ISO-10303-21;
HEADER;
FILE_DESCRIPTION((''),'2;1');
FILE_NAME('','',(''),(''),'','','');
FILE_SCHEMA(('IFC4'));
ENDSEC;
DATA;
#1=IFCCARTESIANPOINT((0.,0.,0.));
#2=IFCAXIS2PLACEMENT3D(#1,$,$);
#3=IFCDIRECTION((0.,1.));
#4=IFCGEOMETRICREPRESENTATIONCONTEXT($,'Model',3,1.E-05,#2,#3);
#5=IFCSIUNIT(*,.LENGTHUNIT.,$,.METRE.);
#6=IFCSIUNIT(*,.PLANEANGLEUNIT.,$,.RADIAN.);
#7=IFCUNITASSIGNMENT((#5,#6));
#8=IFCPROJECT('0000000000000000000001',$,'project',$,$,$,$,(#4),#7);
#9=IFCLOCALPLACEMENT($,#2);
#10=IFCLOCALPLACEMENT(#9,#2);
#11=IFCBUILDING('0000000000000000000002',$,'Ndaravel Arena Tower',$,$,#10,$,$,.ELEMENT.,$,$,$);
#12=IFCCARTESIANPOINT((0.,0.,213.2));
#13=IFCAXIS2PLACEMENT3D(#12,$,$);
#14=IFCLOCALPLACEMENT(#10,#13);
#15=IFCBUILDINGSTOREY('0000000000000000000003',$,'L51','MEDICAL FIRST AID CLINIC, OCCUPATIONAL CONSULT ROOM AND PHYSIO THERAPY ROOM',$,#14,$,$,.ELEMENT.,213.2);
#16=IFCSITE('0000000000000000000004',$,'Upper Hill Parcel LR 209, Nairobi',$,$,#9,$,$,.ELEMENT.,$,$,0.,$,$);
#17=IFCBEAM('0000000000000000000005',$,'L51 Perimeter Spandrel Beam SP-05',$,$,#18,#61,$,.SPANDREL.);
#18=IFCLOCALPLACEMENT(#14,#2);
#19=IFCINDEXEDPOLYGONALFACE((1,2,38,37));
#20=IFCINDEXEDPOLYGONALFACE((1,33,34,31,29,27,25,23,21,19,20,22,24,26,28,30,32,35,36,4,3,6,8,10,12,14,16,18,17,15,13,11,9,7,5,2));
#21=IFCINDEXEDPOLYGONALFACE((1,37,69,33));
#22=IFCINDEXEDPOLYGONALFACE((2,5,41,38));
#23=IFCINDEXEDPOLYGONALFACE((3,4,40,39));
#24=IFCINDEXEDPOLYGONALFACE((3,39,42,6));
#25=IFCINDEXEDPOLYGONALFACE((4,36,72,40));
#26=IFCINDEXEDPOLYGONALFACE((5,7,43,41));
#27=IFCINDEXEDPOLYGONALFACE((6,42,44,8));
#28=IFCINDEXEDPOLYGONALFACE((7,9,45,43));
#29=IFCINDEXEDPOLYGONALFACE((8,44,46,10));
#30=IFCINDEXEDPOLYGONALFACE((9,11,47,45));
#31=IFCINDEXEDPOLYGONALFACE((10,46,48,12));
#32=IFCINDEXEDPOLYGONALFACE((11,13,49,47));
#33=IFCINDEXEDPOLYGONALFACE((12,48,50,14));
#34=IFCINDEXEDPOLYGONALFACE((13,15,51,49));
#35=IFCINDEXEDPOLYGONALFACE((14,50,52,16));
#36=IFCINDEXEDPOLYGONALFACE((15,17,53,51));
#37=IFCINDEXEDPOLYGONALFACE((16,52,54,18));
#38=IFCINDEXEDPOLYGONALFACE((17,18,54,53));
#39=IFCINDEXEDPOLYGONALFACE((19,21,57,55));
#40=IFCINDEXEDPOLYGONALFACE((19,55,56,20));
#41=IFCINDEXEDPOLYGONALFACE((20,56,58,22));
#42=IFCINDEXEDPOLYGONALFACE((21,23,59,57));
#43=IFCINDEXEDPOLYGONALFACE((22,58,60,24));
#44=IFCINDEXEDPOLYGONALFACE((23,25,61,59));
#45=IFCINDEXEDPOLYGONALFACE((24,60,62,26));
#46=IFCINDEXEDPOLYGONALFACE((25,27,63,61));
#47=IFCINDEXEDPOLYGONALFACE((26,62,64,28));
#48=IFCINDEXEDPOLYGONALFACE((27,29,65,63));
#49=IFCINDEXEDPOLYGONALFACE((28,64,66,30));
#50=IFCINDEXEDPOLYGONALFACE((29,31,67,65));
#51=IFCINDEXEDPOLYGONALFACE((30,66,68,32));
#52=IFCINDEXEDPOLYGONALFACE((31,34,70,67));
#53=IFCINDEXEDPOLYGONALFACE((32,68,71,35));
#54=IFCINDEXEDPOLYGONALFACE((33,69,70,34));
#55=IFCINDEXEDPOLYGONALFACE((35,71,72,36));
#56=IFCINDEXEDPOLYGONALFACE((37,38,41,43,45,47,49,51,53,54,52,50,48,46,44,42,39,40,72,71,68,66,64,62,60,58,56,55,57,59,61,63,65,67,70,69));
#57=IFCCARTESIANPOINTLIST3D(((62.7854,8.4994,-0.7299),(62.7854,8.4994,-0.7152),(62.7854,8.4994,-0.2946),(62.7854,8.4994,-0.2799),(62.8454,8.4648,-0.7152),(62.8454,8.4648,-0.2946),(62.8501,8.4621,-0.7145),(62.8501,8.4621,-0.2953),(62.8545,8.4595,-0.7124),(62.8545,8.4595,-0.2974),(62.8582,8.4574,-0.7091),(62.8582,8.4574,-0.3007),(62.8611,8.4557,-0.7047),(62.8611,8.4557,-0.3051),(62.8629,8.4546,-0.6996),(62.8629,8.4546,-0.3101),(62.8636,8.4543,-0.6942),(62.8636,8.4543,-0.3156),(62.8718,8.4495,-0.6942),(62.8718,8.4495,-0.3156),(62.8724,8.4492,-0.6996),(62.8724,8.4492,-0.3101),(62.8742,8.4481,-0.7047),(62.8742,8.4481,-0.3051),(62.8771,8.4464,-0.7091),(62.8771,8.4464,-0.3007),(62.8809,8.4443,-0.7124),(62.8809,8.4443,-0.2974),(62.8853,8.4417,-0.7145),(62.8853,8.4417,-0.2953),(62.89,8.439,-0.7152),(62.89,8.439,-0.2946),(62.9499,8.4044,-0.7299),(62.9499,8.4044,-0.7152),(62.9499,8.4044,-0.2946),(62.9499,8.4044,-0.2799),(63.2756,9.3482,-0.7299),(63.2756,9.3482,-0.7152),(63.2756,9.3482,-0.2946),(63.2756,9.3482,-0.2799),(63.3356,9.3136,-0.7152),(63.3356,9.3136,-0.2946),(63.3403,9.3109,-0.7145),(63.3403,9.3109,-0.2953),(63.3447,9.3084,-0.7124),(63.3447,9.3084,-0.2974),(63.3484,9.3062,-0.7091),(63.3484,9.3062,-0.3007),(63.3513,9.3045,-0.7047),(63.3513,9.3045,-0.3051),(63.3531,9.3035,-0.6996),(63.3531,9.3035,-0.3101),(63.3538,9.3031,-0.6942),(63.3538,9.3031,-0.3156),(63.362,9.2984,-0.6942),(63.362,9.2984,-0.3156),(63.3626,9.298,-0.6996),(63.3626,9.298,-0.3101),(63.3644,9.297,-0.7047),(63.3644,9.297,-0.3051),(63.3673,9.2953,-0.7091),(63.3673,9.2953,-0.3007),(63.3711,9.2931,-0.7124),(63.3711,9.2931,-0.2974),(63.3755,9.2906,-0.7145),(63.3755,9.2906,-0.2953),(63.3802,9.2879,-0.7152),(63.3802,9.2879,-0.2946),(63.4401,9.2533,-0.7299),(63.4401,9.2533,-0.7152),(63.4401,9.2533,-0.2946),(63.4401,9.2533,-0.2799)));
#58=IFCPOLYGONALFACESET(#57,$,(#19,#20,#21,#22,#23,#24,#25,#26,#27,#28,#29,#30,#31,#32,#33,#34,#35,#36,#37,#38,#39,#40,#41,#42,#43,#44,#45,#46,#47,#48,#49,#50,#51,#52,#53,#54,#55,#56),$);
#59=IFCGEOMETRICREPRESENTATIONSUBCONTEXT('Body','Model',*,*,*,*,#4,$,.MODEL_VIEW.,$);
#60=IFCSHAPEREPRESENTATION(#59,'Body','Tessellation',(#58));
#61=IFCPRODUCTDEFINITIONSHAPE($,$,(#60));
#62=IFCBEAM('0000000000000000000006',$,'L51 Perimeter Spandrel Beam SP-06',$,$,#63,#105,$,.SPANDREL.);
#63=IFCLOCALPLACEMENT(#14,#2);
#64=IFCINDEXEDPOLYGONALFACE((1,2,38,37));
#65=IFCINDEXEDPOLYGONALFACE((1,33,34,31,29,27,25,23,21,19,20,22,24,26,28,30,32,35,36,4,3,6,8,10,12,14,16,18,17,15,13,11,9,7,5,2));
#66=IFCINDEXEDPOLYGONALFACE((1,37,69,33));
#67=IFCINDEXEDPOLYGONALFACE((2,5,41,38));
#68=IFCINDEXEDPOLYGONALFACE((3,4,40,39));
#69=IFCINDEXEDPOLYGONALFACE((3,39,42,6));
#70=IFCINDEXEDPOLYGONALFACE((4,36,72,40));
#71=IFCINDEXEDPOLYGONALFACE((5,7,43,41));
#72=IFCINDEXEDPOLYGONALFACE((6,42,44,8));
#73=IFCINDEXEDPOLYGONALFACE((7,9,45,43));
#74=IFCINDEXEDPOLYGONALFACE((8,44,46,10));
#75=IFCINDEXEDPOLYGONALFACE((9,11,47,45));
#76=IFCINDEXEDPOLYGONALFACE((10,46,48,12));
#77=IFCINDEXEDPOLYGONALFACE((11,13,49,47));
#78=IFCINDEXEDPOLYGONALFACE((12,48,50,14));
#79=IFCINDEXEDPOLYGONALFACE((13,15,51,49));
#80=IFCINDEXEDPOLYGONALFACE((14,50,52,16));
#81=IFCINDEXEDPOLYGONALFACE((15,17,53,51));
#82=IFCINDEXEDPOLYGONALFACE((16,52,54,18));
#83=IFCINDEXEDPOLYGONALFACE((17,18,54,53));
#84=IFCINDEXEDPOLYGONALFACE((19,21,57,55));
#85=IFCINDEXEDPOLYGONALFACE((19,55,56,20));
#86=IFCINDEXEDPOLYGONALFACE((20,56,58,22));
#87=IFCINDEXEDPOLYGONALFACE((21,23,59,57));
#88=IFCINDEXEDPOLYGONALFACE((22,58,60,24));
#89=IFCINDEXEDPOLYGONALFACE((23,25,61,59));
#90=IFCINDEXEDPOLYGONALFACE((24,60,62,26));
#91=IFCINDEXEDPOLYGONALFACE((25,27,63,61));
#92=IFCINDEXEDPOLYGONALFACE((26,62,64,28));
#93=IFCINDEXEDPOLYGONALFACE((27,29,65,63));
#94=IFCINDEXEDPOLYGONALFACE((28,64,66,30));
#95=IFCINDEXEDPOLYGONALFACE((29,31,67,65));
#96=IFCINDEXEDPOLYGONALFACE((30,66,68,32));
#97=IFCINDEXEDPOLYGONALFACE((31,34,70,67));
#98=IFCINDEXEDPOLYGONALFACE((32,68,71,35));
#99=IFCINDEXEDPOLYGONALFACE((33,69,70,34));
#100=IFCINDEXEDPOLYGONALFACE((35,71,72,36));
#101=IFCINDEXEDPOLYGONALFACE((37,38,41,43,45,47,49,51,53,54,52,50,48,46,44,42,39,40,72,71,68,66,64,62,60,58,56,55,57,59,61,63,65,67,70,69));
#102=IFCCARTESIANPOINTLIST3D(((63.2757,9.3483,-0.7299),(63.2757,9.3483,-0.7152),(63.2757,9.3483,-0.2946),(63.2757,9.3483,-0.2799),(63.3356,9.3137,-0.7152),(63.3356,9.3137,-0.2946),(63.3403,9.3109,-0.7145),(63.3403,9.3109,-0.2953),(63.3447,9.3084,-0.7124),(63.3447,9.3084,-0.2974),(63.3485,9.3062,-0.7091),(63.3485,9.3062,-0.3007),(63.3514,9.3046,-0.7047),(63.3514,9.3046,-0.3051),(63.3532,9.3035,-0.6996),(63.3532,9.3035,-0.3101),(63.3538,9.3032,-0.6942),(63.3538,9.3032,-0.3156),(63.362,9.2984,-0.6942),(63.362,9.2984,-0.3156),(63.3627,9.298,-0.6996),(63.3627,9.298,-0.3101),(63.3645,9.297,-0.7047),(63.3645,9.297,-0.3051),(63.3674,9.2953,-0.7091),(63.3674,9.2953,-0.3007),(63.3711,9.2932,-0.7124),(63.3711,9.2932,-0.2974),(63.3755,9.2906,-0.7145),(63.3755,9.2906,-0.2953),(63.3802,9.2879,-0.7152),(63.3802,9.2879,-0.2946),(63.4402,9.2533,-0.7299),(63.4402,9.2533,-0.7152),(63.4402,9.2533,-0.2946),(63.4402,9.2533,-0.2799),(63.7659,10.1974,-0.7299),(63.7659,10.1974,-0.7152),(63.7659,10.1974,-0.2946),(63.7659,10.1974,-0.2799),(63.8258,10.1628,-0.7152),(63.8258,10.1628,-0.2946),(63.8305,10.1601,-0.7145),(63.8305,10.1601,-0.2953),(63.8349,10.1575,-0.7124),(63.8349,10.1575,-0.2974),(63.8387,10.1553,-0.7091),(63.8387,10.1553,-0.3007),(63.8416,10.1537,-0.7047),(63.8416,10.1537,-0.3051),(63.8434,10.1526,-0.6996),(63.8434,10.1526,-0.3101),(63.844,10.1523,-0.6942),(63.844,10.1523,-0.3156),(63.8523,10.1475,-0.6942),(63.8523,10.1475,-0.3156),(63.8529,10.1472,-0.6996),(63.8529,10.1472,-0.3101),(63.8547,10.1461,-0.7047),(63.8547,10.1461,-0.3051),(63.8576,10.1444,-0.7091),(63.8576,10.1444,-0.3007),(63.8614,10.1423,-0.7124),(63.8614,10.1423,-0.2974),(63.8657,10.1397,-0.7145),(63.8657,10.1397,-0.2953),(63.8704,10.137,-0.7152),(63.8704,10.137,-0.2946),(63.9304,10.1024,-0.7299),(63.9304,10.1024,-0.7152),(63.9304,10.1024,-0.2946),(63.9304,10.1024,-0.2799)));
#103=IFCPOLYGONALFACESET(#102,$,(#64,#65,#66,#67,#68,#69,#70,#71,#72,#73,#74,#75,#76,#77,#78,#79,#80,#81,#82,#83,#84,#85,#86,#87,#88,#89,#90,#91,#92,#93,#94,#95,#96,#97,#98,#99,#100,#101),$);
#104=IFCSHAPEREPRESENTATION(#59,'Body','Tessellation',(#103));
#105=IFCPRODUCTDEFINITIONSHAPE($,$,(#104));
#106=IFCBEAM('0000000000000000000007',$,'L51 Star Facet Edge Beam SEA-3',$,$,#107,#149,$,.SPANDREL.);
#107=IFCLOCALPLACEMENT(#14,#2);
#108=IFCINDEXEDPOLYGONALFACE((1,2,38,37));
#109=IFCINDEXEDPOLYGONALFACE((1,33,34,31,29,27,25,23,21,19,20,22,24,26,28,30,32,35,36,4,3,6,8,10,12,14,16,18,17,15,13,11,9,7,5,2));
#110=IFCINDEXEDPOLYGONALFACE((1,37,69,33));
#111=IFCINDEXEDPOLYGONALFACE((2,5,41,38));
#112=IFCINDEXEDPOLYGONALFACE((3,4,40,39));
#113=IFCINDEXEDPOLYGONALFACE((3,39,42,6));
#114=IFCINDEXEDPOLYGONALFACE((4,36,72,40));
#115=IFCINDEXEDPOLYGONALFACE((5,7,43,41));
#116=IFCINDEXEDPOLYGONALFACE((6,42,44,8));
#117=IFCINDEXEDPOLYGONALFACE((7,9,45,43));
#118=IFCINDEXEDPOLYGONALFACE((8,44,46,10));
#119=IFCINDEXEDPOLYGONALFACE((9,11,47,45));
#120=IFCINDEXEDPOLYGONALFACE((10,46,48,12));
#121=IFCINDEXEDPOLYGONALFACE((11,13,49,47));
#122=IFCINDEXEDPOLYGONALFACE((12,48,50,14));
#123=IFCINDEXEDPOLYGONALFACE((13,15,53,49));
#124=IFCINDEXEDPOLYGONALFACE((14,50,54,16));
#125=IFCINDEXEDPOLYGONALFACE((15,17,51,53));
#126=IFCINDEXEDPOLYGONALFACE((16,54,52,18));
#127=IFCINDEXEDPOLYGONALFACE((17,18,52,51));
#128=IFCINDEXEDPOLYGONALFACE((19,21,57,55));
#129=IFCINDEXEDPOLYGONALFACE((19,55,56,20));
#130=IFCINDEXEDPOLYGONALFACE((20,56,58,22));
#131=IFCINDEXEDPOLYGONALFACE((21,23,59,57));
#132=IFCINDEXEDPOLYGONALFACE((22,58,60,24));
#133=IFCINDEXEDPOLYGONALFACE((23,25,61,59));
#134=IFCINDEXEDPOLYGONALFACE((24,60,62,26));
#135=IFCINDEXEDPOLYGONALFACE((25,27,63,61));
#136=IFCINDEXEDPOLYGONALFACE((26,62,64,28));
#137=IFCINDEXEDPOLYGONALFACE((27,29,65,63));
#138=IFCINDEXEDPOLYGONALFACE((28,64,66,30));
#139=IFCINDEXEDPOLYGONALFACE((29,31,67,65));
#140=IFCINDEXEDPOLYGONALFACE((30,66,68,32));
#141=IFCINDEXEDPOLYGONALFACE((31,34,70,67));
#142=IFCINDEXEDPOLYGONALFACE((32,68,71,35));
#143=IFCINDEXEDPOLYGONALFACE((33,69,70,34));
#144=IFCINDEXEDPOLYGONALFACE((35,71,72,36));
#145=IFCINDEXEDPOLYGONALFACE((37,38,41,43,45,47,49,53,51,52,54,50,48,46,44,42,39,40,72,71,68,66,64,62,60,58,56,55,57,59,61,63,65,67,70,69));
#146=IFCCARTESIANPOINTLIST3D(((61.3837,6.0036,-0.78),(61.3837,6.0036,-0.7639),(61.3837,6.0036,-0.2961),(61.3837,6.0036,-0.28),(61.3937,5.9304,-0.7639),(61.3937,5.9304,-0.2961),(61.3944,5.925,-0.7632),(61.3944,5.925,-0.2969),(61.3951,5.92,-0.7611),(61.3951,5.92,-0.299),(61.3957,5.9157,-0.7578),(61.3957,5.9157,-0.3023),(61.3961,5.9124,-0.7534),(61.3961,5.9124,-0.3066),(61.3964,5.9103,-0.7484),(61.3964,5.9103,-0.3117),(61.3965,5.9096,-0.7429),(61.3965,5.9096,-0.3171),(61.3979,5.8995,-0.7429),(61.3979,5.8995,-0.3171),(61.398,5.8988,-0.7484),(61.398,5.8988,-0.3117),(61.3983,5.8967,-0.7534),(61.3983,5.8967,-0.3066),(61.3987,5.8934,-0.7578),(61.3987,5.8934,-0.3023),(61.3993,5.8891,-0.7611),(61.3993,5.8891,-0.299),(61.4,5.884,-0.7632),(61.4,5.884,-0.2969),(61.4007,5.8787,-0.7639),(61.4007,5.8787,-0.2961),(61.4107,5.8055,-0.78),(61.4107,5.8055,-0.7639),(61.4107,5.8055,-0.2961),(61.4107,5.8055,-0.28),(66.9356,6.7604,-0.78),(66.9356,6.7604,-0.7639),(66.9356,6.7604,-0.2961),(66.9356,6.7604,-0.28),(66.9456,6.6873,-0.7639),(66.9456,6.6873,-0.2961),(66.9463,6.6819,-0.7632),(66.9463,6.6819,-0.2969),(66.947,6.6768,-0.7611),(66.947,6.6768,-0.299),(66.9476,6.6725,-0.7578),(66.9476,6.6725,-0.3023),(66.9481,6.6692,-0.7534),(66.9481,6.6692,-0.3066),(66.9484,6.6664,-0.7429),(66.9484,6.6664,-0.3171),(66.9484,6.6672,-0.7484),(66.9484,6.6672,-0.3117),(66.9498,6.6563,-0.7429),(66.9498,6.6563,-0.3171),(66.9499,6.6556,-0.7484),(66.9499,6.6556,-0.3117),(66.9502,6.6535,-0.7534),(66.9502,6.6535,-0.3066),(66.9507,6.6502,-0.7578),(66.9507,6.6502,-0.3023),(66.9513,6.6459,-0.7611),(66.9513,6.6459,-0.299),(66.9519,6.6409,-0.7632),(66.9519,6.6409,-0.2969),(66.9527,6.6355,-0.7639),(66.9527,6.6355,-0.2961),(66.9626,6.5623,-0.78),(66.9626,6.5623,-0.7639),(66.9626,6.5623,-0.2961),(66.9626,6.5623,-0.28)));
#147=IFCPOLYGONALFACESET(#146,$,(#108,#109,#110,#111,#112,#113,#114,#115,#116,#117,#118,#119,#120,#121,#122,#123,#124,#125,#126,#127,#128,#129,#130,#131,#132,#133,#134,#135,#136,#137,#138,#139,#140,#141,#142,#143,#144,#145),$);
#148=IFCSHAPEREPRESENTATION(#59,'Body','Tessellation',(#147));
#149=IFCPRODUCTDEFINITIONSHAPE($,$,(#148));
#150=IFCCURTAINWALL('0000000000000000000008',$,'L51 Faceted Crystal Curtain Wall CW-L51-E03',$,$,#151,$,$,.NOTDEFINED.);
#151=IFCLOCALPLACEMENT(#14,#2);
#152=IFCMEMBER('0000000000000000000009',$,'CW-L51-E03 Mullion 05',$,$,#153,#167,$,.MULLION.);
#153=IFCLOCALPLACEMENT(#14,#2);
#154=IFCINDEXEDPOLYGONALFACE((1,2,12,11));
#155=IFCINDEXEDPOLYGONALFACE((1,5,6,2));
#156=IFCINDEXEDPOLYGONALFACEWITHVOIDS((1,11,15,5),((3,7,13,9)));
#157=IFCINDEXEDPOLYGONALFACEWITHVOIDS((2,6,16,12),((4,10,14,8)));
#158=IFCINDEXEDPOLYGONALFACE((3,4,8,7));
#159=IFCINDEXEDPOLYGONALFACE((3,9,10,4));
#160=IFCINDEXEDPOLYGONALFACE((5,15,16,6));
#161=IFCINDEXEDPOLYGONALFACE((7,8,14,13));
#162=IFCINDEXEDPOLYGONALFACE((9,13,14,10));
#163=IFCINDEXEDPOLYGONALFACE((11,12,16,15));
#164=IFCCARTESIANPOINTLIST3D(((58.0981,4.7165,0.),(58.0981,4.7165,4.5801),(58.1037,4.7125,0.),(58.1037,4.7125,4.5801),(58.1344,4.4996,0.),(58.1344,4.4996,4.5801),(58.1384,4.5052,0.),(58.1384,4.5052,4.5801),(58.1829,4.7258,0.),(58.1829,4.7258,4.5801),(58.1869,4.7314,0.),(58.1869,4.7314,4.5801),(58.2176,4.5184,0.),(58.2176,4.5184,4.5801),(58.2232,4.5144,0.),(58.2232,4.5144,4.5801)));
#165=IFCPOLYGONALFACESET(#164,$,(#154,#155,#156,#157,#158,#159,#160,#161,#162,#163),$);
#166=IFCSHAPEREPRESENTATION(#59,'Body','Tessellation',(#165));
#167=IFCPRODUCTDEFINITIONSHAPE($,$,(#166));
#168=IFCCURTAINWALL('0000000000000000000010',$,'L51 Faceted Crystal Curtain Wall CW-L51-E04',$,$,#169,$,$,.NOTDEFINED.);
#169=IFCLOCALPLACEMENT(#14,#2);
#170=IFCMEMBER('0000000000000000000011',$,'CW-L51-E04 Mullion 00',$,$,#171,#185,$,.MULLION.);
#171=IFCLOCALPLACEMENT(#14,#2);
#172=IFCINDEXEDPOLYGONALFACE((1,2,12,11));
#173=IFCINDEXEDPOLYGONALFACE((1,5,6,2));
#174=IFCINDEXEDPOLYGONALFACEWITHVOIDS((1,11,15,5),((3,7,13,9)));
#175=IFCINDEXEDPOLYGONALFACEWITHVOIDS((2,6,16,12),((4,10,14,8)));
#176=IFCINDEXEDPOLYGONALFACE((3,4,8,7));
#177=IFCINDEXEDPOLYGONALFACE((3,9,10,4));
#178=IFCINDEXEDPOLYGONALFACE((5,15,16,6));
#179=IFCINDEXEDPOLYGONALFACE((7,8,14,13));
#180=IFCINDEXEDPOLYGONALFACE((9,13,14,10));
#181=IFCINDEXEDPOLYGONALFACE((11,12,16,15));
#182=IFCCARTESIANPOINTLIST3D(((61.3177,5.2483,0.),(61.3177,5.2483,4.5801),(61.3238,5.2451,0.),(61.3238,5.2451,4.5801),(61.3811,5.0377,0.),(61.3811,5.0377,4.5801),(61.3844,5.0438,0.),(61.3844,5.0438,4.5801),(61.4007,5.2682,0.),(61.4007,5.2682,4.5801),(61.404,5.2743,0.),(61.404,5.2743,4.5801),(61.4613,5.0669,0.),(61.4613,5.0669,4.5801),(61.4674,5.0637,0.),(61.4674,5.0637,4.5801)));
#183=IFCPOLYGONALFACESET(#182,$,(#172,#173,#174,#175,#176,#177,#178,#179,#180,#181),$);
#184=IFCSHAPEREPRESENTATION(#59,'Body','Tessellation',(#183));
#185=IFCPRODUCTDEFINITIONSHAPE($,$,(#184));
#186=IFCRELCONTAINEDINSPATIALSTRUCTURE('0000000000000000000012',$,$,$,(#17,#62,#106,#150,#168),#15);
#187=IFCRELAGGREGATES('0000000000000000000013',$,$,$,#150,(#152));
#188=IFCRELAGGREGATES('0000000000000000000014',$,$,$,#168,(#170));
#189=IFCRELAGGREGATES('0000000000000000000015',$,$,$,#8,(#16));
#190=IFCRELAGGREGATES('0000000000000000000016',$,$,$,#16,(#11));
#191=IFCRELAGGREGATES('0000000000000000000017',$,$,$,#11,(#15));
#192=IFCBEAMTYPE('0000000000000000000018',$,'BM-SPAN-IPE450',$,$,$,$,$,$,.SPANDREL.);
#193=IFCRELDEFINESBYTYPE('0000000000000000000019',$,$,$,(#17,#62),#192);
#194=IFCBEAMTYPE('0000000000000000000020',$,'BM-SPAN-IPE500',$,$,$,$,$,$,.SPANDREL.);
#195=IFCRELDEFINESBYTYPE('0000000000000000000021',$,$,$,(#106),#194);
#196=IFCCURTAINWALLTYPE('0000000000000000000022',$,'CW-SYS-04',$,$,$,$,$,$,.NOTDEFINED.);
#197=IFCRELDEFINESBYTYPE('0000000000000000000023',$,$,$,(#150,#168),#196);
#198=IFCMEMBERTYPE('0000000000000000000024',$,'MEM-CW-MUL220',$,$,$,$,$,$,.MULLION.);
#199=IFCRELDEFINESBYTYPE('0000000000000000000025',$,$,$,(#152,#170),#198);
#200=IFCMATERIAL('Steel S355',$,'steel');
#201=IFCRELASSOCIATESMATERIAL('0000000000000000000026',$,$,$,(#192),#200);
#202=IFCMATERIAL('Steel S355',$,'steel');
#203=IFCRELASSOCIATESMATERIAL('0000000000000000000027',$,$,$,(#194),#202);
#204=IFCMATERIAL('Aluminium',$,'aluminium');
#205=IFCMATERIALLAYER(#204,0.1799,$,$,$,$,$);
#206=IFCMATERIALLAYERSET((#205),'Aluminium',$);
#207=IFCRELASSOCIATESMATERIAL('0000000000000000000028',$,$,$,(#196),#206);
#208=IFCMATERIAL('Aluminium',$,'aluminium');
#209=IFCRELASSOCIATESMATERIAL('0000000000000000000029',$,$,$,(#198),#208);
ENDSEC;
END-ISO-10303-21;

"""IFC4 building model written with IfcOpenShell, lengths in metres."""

from ifc_helpers import new_model, si_unit, direction, frame, origin, origin_2d, place, context, subcontext, project, spatial, hollow_rectangle, i_section, extrude, material, layer, layer_set, material_profile, profile_set, type_object, element, aggregate, save


model = new_model("IFC4")

# Units and contexts
model_context = context("Model", 3, precision=1e-05, world=origin(), true_north=direction((0.0, 1.0)))
body_context = subcontext(model_context, "Body", "Model", "MODEL_VIEW")
ifc_project = project(units=[si_unit("LENGTHUNIT", "METRE"), si_unit("PLANEANGLEUNIT", "RADIAN")], contexts=[model_context])

# Site, building, storey
site_placement = place(None, origin())
site = spatial("IfcSite", under=ifc_project, at=site_placement, Name="Upper Hill Parcel LR 209, Nairobi", CompositionType="ELEMENT", RefElevation=0.0)
building_placement = place(site_placement, origin())
building = spatial("IfcBuilding", under=site, at=building_placement, Name="Ndaravel Arena Tower", CompositionType="ELEMENT")
storey_placement = place(building_placement, frame((0.0, 0.0, 213.2)))
storey = spatial("IfcBuildingStorey", under=building, at=storey_placement, Name="L51", Description="MEDICAL FIRST AID CLINIC, OCCUPATIONAL CONSULT ROOM AND PHYSIO THERAPY ROOM", CompositionType="ELEMENT", Elevation=213.2)

# Beams
ifc_material_1 = material(Name="Steel S355", Category="steel")
ifc_material_profile_1 = material_profile(ifc_material_1, i_section(OverallWidth=0.1899, OverallDepth=0.45, WebThickness=0.0095, FlangeThickness=0.0146, FilletRadius=0.021, at=origin_2d()), Name="IPE 450")
ifc_profile_set_1 = profile_set([ifc_material_profile_1], Name="Steel S355")
beam_type_1 = type_object("IfcBeamType", Name="BM-SPAN-IPE450", PredefinedType="SPANDREL", material=ifc_profile_set_1)
beam_1_placement = place(storey_placement, frame((62.8677, 8.4519, -0.5049), z_axis=(0.500103, 0.865966, 0.0), x_axis=(-0.865966, 0.500103, 0.0)))
element("IfcBeam", 1, at=beam_1_placement, inside=storey, type_object=beam_type_1, Name="L51 Perimeter Spandrel Beam SP-05", PredefinedType="SPANDREL", context=body_context, shape_type="SweptSolid", body=[
    extrude(i_section(OverallWidth=0.1899, OverallDepth=0.45, WebThickness=0.0095, FlangeThickness=0.0146, FilletRadius=0.021, at=origin_2d()), origin(), (0.0, 0.0, 1.0), 0.9802),
])
beam_2_placement = place(storey_placement, frame((63.3579, 9.3008, -0.5049), z_axis=(0.499995, 0.866028, 0.0), x_axis=(-0.866028, 0.499995, 0.0)))
element("IfcBeam", 2, at=beam_2_placement, inside=storey, type_object=beam_type_1, Name="L51 Perimeter Spandrel Beam SP-06", PredefinedType="SPANDREL", context=body_context, shape_type="SweptSolid", body=[
    extrude(i_section(OverallWidth=0.1899, OverallDepth=0.45, WebThickness=0.0095, FlangeThickness=0.0146, FilletRadius=0.021, at=origin_2d()), origin(), (0.0, 0.0, 1.0), 0.9805),
])
ifc_material_2 = material(Name="Steel S355", Category="steel")
ifc_material_profile_2 = material_profile(ifc_material_2, i_section(OverallWidth=0.2, OverallDepth=0.5, WebThickness=0.0103, FlangeThickness=0.0161, FilletRadius=0.021, at=origin_2d()), Name="IPE 500")
ifc_profile_set_2 = profile_set([ifc_material_profile_2], Name="Steel S355")
beam_type_2 = type_object("IfcBeamType", Name="BM-SPAN-IPE500", PredefinedType="SPANDREL", material=ifc_profile_set_2)
beam_3_placement = place(storey_placement, frame((61.3972, 5.9045, -0.53), z_axis=(0.990836, 0.135068, 0.0), x_axis=(-0.135068, 0.990836, 0.0)))
element("IfcBeam", 3, at=beam_3_placement, inside=storey, type_object=beam_type_2, Name="L51 Star Facet Edge Beam SEA-3", PredefinedType="SPANDREL", context=body_context, shape_type="SweptSolid", body=[
    extrude(i_section(OverallWidth=0.2, OverallDepth=0.5, WebThickness=0.0103, FlangeThickness=0.0161, FilletRadius=0.021, at=origin_2d()), origin(), (0.0, 0.0, 1.0), 5.6033),
])

# Curtain wall, member
ifc_material_3 = material(Name="Aluminium", Category="aluminium")
ifc_layer_1 = layer(ifc_material_3, 0.1799)
ifc_layer_set_1 = layer_set([ifc_layer_1], Name="Aluminium")
curtain_wall_type = type_object("IfcCurtainWallType", Name="CW-SYS-04", PredefinedType="NOTDEFINED", material=ifc_layer_set_1)
curtain_wall_1_placement = place(storey_placement, origin())
curtain_wall_1 = element("IfcCurtainWall", 4, at=curtain_wall_1_placement, inside=storey, type_object=curtain_wall_type, Name="L51 Faceted Crystal Curtain Wall CW-L51-E03", PredefinedType="NOTDEFINED")
ifc_material_4 = material(Name="Aluminium", Category="aluminium")
ifc_material_profile_3 = material_profile(ifc_material_4, hollow_rectangle(XDim=0.0901, YDim=0.22, WallThickness=0.0049, at=origin_2d()), Name="CW MULLION 90x220x5")
ifc_profile_set_3 = profile_set([ifc_material_profile_3], Name="Aluminium")
member_type_1 = type_object("IfcMemberType", Name="MEM-CW-MUL220", PredefinedType="MULLION", material=ifc_profile_set_3)
member_1_placement = place(storey_placement, frame((58.1606, 4.6155, 0.0), z_axis=(0.0, 0.0, 1.0), x_axis=(0.986297, 0.164979, 0.0)))
member_1 = element("IfcMember", 5, at=member_1_placement, type_object=member_type_1, Name="CW-L51-E03 Mullion 05", PredefinedType="MULLION", context=body_context, shape_type="SweptSolid", body=[
    extrude(hollow_rectangle(XDim=0.0901, YDim=0.22, WallThickness=0.0049, at=origin_2d()), origin(), (0.0, 0.0, 1.0), 4.5801),
])

# Curtain wall, member
curtain_wall_2_placement = place(storey_placement, origin())
curtain_wall_2 = element("IfcCurtainWall", 6, at=curtain_wall_2_placement, inside=storey, type_object=curtain_wall_type, Name="L51 Faceted Crystal Curtain Wall CW-L51-E04", PredefinedType="NOTDEFINED")
member_2_placement = place(storey_placement, frame((61.3926, 5.156, 0.0), z_axis=(0.0, 0.0, 1.0), x_axis=(0.957576, 0.28818, 0.0)))
member_2 = element("IfcMember", 7, at=member_2_placement, type_object=member_type_1, Name="CW-L51-E04 Mullion 00", PredefinedType="MULLION", context=body_context, shape_type="SweptSolid", body=[
    extrude(hollow_rectangle(XDim=0.0901, YDim=0.22, WallThickness=0.0049, at=origin_2d()), origin(), (0.0, 0.0, 1.0), 4.5801),
])

aggregate(curtain_wall_1, [member_1])
aggregate(curtain_wall_2, [member_2])

save(model, "model.ifc")
